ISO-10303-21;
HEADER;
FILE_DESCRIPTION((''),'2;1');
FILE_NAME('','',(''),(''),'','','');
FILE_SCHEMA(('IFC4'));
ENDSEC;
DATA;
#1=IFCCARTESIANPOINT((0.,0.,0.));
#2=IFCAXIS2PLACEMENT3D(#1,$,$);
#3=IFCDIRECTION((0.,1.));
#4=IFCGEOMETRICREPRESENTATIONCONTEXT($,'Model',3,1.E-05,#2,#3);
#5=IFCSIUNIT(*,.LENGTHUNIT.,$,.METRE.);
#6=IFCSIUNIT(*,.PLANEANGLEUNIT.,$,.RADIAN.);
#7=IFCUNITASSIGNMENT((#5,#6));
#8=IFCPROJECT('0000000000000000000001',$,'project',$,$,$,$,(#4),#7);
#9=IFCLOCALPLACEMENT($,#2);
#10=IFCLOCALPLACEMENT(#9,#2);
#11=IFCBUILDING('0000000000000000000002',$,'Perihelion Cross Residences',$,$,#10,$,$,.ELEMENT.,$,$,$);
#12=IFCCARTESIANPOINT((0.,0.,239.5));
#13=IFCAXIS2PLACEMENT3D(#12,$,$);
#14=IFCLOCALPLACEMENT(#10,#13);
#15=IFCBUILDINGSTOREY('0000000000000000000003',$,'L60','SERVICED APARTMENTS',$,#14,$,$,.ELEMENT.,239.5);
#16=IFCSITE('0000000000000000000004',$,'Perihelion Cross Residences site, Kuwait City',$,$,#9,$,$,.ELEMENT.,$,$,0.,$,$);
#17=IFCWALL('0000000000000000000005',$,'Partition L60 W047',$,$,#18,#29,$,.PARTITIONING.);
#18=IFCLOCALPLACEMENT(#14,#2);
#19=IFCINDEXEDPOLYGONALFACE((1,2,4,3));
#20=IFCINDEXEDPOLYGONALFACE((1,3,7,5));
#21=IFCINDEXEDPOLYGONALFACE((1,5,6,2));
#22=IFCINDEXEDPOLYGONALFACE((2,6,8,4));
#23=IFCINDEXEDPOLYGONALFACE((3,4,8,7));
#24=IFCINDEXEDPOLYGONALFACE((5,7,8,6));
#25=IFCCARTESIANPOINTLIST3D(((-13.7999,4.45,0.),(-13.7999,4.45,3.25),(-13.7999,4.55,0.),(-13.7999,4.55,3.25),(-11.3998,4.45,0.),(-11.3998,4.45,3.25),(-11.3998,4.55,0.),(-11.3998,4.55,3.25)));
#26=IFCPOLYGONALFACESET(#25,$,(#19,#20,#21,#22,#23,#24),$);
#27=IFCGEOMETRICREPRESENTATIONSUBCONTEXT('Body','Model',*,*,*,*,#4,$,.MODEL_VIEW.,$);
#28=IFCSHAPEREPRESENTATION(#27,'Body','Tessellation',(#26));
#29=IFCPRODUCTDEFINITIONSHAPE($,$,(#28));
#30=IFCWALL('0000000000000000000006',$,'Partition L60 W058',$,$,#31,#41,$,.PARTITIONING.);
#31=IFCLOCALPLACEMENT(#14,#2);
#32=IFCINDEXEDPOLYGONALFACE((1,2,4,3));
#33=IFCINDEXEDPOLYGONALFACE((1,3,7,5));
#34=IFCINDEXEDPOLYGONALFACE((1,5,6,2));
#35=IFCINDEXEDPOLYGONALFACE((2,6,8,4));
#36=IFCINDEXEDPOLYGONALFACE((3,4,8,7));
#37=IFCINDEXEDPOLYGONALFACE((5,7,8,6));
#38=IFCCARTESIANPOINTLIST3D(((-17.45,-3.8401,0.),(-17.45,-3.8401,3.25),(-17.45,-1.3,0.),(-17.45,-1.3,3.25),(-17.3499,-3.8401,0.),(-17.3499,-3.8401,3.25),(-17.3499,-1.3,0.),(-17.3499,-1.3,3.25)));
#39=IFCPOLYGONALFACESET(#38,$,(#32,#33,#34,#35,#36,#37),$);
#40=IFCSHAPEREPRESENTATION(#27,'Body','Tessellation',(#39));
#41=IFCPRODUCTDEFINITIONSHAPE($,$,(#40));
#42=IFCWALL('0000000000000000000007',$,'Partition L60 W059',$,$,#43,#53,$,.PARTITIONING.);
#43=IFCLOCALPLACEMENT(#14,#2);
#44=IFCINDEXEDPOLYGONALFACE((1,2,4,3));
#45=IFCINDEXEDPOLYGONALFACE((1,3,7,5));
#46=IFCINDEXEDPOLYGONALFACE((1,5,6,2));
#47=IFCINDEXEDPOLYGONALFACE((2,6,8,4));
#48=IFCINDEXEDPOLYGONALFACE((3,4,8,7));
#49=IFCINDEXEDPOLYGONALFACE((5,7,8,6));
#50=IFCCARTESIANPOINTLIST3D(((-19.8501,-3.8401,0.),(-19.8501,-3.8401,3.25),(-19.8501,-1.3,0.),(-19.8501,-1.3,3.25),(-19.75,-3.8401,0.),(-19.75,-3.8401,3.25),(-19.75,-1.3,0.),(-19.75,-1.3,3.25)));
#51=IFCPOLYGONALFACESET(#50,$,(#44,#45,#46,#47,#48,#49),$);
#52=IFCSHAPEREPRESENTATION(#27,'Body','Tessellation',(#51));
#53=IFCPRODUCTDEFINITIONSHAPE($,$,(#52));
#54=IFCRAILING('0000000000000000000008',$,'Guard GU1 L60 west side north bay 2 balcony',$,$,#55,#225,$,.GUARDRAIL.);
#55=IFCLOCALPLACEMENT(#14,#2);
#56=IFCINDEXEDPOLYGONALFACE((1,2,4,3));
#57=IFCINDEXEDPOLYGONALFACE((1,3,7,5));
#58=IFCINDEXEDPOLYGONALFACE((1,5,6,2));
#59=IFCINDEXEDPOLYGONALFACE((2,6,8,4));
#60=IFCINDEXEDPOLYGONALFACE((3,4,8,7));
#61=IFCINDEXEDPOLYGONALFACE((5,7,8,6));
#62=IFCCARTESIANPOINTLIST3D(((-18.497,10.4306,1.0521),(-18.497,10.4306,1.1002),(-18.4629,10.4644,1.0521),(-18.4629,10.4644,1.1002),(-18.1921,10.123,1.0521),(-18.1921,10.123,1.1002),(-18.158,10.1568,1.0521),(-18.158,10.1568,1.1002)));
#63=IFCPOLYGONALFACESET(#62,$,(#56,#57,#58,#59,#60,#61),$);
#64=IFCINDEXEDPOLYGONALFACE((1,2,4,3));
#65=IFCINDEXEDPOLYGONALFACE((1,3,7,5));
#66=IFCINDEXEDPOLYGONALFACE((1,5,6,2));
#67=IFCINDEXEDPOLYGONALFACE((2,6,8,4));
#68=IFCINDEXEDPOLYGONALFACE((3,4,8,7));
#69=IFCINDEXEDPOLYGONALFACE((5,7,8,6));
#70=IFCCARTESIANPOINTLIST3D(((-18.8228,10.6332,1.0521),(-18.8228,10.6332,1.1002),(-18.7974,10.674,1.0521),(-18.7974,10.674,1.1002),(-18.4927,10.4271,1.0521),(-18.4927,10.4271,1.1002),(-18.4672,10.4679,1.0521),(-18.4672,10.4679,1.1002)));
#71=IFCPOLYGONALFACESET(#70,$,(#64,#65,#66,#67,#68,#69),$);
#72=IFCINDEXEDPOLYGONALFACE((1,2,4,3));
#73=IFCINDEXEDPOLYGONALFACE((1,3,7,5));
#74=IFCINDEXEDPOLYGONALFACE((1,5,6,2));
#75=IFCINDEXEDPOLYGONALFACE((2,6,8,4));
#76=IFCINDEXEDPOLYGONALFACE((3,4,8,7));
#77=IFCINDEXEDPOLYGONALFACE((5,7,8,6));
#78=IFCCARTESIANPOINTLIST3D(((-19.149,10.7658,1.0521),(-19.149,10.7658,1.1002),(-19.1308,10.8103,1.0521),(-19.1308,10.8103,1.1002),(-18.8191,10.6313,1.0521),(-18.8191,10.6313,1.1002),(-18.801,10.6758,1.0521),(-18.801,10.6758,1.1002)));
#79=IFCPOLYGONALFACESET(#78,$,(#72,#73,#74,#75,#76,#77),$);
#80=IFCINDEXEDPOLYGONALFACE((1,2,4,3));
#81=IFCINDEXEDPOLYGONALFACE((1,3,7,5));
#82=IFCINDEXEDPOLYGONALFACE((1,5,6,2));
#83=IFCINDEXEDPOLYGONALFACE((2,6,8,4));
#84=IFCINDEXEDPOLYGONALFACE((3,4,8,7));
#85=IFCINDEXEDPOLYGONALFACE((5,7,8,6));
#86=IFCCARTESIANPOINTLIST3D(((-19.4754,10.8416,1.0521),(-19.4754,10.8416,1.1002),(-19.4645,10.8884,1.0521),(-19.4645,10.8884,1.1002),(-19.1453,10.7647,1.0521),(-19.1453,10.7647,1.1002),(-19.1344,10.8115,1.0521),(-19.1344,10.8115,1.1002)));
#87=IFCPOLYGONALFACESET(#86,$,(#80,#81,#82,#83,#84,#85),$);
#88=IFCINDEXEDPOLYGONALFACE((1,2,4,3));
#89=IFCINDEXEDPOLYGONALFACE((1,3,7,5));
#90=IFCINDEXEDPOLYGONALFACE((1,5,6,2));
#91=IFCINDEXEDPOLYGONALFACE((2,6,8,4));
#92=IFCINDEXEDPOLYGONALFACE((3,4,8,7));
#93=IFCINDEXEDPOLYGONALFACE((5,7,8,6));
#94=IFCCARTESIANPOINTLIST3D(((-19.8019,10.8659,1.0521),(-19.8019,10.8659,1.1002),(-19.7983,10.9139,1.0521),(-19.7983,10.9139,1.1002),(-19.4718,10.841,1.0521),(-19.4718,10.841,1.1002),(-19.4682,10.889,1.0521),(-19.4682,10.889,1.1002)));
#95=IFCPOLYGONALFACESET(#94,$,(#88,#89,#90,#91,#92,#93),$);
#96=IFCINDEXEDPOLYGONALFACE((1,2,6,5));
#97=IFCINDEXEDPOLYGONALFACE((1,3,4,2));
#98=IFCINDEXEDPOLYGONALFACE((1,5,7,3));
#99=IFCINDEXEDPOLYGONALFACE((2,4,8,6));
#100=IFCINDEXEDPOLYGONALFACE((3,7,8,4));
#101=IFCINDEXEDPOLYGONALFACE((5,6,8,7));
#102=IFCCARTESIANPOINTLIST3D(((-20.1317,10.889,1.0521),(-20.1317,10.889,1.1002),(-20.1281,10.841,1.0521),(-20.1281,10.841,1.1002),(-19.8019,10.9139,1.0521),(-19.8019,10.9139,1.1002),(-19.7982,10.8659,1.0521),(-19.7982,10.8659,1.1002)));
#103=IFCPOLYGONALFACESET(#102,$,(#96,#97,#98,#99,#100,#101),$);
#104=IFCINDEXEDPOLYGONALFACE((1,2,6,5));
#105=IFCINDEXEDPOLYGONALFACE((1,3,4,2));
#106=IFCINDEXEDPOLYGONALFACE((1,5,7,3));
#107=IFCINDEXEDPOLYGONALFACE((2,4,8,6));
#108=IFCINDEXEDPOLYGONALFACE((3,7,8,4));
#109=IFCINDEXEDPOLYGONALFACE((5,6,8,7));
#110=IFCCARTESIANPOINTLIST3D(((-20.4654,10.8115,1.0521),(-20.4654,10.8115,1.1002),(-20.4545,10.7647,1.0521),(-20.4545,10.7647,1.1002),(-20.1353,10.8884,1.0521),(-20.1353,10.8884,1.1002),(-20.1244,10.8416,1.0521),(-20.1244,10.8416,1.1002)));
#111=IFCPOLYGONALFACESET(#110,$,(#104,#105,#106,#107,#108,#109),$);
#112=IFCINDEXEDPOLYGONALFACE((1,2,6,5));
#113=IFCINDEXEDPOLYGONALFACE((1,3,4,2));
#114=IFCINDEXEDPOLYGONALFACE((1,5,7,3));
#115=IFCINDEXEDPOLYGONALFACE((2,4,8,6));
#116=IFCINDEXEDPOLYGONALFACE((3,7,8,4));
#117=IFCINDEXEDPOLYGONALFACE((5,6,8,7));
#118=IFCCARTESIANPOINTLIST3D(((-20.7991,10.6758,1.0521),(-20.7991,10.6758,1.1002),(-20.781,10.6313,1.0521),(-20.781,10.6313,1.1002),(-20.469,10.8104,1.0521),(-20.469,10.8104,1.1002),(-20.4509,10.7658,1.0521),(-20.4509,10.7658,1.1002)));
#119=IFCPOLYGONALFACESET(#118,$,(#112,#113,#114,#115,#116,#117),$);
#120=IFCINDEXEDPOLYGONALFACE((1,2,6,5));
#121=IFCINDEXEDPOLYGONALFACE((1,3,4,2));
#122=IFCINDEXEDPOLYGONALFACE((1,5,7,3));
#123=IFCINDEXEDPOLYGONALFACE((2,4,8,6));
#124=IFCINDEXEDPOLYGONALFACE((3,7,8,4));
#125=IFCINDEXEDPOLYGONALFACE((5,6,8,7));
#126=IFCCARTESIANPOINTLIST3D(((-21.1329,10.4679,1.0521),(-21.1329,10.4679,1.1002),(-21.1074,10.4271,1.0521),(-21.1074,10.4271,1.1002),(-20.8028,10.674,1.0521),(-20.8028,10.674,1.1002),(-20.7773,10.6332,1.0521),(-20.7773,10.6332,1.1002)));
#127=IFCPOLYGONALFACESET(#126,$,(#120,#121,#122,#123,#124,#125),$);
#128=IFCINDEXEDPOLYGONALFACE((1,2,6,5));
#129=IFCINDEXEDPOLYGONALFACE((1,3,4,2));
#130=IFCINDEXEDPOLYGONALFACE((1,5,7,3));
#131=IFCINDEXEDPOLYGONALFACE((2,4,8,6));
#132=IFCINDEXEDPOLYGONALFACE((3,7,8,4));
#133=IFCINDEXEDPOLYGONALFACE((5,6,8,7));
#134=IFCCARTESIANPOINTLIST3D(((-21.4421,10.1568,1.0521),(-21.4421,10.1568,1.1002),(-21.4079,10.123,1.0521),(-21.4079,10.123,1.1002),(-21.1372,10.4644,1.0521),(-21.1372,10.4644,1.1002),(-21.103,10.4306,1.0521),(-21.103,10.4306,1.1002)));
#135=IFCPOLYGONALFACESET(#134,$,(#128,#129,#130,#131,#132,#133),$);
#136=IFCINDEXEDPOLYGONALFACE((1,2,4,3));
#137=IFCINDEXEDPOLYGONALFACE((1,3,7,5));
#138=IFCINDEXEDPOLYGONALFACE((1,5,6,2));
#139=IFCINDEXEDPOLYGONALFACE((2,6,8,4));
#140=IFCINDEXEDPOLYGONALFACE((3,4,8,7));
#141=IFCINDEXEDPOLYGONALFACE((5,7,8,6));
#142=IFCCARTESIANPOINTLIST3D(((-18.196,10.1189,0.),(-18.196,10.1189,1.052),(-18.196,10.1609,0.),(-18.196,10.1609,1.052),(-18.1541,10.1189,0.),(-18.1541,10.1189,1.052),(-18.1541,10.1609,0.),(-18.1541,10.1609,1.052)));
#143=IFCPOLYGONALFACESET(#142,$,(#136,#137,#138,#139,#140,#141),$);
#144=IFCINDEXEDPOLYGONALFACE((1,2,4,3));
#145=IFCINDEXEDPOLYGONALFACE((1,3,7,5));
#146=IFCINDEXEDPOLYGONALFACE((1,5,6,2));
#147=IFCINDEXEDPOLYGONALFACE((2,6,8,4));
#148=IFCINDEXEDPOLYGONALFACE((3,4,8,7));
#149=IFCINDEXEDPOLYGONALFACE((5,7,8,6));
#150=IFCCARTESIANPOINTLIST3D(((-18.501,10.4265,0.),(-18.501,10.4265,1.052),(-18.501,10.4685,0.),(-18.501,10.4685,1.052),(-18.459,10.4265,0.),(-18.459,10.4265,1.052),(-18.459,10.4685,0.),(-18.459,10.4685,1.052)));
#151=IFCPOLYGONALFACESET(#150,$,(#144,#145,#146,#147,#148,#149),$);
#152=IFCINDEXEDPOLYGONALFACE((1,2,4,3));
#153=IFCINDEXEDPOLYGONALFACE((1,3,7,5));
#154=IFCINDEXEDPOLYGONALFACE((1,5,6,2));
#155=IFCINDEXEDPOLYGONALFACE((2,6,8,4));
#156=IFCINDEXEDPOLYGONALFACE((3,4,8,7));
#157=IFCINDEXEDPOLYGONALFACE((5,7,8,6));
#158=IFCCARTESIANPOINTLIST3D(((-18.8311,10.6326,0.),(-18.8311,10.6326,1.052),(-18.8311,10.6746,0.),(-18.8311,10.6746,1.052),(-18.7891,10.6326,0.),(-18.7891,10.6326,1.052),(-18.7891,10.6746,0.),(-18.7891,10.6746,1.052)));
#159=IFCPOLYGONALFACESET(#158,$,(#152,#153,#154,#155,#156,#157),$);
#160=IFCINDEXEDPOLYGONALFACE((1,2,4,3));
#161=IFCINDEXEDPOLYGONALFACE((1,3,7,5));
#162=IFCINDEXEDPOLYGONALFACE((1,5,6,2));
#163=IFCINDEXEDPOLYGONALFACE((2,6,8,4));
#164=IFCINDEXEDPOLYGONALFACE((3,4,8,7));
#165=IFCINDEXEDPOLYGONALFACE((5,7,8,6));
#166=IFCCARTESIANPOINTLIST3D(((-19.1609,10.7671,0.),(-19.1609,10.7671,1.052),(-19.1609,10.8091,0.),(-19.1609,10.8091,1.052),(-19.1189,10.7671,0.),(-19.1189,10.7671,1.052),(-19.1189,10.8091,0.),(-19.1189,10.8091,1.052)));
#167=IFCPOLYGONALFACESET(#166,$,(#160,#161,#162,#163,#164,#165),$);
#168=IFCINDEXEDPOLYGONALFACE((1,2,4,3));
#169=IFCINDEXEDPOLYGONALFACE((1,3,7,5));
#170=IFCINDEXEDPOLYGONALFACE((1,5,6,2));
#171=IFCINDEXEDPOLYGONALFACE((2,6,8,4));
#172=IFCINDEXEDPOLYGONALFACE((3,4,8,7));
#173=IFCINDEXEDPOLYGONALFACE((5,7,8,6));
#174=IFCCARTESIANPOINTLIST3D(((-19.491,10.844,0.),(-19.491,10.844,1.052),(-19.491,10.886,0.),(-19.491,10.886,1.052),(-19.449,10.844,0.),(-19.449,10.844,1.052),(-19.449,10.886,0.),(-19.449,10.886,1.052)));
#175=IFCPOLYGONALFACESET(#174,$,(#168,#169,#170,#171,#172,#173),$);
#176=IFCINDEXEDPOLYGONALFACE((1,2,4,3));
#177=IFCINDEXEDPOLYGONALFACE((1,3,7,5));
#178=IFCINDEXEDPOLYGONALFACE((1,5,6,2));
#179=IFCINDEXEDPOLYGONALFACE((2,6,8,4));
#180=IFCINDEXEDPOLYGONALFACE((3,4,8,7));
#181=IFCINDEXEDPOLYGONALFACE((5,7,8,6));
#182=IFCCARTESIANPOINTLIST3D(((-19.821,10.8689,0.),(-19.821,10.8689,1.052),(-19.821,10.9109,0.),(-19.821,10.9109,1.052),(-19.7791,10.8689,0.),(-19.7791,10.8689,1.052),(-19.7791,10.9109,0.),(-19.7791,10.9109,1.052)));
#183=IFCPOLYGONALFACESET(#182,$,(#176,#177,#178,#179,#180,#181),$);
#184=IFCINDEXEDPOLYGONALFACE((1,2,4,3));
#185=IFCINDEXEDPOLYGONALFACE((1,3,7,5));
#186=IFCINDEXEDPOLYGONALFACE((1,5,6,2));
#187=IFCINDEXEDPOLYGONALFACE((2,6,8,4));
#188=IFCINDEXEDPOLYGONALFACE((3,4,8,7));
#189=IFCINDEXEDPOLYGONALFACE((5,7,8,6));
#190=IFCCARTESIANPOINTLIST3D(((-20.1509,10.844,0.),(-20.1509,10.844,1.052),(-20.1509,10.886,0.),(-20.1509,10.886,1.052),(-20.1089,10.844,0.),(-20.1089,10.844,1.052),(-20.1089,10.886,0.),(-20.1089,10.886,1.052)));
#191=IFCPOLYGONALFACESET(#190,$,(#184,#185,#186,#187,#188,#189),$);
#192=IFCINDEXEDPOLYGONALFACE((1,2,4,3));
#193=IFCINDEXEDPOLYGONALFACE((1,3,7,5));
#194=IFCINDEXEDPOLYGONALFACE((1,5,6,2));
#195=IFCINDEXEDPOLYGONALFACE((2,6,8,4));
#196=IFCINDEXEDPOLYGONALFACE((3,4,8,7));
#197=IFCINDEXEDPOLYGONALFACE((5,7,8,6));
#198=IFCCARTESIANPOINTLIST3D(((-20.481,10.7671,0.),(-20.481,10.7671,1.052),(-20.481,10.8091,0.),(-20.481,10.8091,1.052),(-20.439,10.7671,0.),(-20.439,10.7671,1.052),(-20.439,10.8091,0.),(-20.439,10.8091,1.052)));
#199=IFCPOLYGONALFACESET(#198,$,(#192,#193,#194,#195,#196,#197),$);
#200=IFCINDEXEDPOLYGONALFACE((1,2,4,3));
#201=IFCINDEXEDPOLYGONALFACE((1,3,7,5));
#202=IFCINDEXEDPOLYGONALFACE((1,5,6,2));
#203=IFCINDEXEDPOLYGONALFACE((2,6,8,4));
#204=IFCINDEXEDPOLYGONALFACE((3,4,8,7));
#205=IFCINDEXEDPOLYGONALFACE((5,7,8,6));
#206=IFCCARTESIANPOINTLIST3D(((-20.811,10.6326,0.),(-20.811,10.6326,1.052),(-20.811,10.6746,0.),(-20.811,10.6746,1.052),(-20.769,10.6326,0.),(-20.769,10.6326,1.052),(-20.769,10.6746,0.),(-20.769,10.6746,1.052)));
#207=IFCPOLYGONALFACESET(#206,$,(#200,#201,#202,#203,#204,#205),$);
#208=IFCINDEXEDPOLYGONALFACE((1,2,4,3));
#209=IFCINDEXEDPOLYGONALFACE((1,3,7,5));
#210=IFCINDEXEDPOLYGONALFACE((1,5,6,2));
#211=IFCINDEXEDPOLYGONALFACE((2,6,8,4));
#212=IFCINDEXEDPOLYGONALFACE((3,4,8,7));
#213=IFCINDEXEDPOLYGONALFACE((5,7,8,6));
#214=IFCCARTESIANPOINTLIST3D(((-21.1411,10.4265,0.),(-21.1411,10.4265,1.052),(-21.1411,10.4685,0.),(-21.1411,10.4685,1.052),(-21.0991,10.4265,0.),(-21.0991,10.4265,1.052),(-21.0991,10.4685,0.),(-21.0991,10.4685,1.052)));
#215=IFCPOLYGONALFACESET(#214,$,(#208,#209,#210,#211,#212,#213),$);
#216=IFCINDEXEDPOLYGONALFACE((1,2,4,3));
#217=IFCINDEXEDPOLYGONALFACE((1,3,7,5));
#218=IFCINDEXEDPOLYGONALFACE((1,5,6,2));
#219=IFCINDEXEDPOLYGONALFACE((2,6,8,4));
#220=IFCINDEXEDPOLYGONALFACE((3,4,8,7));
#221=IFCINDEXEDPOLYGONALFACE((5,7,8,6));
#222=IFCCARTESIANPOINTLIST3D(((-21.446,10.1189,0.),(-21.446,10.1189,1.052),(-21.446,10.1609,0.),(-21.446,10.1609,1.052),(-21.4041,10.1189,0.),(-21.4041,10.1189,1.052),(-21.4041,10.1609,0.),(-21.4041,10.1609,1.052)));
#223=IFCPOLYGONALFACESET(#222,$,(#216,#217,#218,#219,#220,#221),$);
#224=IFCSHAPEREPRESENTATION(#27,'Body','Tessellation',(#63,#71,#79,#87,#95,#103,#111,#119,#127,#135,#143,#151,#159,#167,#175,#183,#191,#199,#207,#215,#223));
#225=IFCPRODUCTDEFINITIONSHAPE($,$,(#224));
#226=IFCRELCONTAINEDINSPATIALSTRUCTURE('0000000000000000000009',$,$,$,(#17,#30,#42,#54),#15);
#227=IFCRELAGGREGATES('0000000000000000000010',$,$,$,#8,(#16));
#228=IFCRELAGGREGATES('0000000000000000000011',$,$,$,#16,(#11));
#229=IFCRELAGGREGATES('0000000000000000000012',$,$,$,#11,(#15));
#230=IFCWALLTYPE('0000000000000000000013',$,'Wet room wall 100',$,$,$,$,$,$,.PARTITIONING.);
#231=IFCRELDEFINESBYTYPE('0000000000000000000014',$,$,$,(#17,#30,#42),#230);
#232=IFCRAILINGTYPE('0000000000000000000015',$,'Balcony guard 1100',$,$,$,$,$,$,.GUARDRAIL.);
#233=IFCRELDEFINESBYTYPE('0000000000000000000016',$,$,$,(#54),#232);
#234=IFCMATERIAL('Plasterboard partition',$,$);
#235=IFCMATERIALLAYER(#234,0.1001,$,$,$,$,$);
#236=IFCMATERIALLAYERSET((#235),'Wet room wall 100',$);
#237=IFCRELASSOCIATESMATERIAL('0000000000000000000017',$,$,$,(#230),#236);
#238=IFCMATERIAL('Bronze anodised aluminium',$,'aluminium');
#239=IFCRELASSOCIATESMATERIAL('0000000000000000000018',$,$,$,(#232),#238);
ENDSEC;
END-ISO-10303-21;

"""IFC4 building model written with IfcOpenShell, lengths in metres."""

from ifc_helpers import new_model, si_unit, direction, frame, frame_2d, origin, origin_2d, place, context, subcontext, project, spatial, rectangle, extrude, material, layer, layer_set, type_object, element, save


model = new_model("IFC4")

# Units and contexts
model_context = context("Model", 3, precision=1e-05, world=origin(), true_north=direction((0.0, 1.0)))
body_context = subcontext(model_context, "Body", "Model", "MODEL_VIEW")
ifc_project = project(units=[si_unit("LENGTHUNIT", "METRE"), si_unit("PLANEANGLEUNIT", "RADIAN")], contexts=[model_context])

# Site, building, storey
site_placement = place(None, origin())
site = spatial("IfcSite", under=ifc_project, at=site_placement, Name="Perihelion Cross Residences site, Kuwait City", CompositionType="ELEMENT", RefElevation=0.0)
building_placement = place(site_placement, origin())
building = spatial("IfcBuilding", under=site, at=building_placement, Name="Perihelion Cross Residences", CompositionType="ELEMENT")
storey_placement = place(building_placement, frame((0.0, 0.0, 239.5)))
storey = spatial("IfcBuildingStorey", under=building, at=storey_placement, Name="L60", Description="SERVICED APARTMENTS", CompositionType="ELEMENT", Elevation=239.5)

# Shared definitions
ifc_material_1 = material(Name="Plasterboard partition")
ifc_layer_1 = layer(ifc_material_1, 0.1001)
ifc_layer_set_1 = layer_set([ifc_layer_1], Name="Wet room wall 100")
wall_type_1 = type_object("IfcWallType", Name="Wet room wall 100", PredefinedType="PARTITIONING", material=ifc_layer_set_1)

# Walls
wall_1_placement = place(storey_placement, frame((-13.8, 4.5, 0.0), z_axis=(0.0, 0.0, 1.0), x_axis=(1.0, 0.0, 0.0)))
element("IfcWall", 1, at=wall_1_placement, inside=storey, type_object=wall_type_1, Name="Partition L60 W047", PredefinedType="PARTITIONING", context=body_context, shape_type="SweptSolid", body=[
    extrude(rectangle(XDim=2.4001, YDim=0.1001, at=frame_2d((1.2002, 0.0))), origin(), (0.0, 0.0, 1.0), 3.25),
])
for number, where, z_axis, x_axis, name in (
    (2, (-17.3999, -3.8401, 0.0), (0.0, 0.0, 1.0), (0.0, 1.0, 0.0), "Partition L60 W058"),
    (3, (-19.8, -3.8401, 0.0), (0.0, 0.0, 1.0), (0.0, 1.0, 0.0), "Partition L60 W059"),
):
    element("IfcWall", number, at=place(storey_placement, frame(where, z_axis=z_axis, x_axis=x_axis)), inside=storey, type_object=wall_type_1, Name=name, PredefinedType="PARTITIONING", context=body_context, shape_type="SweptSolid", body=[
        extrude(rectangle(XDim=2.54, YDim=0.1001, at=frame_2d((1.27, 0.0))), origin(), (0.0, 0.0, 1.0), 3.25),
    ])

# Railing
ifc_material_2 = material(Name="Bronze anodised aluminium", Category="aluminium")
railing_type = type_object("IfcRailingType", Name="Balcony guard 1100", PredefinedType="GUARDRAIL", material=ifc_material_2)
railing_placement = place(storey_placement, frame((-18.175, 10.1399, 0.0)))
element("IfcRailing", 4, at=railing_placement, inside=storey, type_object=railing_type, Name="Guard GU1 L60 west side north bay 2 balcony", PredefinedType="GUARDRAIL", context=body_context, shape_type="SweptSolid", body=[
    extrude(rectangle(XDim=0.0481, YDim=0.0481, at=origin_2d()), frame((0.0, 0.0, 1.0762), z_axis=(-0.704, 0.7102, 0.0), x_axis=(-0.7102, -0.704, 0.0)), (0.0, 0.0, 1.0), 0.4331),
    extrude(rectangle(XDim=0.0481, YDim=0.0481, at=origin_2d()), frame((-0.3049, 0.3076, 1.0762), z_axis=(-0.84828, 0.529548, 0.0), x_axis=(-0.529548, -0.84828, 0.0)), (0.0, 0.0, 1.0), 0.3892),
    extrude(rectangle(XDim=0.0481, YDim=0.0481, at=origin_2d()), frame((-0.635, 0.5137, 1.0762), z_axis=(-0.92595, 0.377645, 0.0), x_axis=(-0.377645, -0.92595, 0.0)), (0.0, 0.0, 1.0), 0.3562),
    extrude(rectangle(XDim=0.0481, YDim=0.0481, at=origin_2d()), frame((-0.9648, 0.6482, 1.0762), z_axis=(-0.973916, 0.226911, 0.0), x_axis=(-0.226911, -0.973916, 0.0)), (0.0, 0.0, 1.0), 0.3389),
    extrude(rectangle(XDim=0.0481, YDim=0.0481, at=origin_2d()), frame((-1.2949, 0.7251, 1.0762), z_axis=(-0.997166, 0.07523, 0.0), x_axis=(-0.07523, -0.997166, 0.0)), (0.0, 0.0, 1.0), 0.3311),
    extrude(rectangle(XDim=0.0481, YDim=0.0481, at=origin_2d()), frame((-1.625, 0.75, 1.0762), z_axis=(-0.997162, -0.075285, 0.0), x_axis=(0.075285, -0.997162, 0.0)), (0.0, 0.0, 1.0), 0.3308),
    extrude(rectangle(XDim=0.0481, YDim=0.0481, at=origin_2d()), frame((-1.9548, 0.7251, 1.0762), z_axis=(-0.973916, -0.226911, 0.0), x_axis=(0.226911, -0.973916, 0.0)), (0.0, 0.0, 1.0), 0.3389),
    extrude(rectangle(XDim=0.0481, YDim=0.0481, at=origin_2d()), frame((-2.2849, 0.6482, 1.0762), z_axis=(-0.926048, -0.377406, 0.0), x_axis=(0.377406, -0.926048, 0.0)), (0.0, 0.0, 1.0), 0.3564),
    extrude(rectangle(XDim=0.0481, YDim=0.0481, at=origin_2d()), frame((-2.615, 0.5137, 1.0762), z_axis=(-0.84828, -0.529548, 0.0), x_axis=(0.529548, -0.84828, 0.0)), (0.0, 0.0, 1.0), 0.3892),
    extrude(rectangle(XDim=0.0481, YDim=0.0481, at=origin_2d()), frame((-2.9451, 0.3076, 1.0762), z_axis=(-0.704, -0.7102, 0.0), x_axis=(0.7102, -0.704, 0.0)), (0.0, 0.0, 1.0), 0.4331),
    extrude(rectangle(XDim=0.042, YDim=0.042, at=origin_2d()), origin(), (0.0, 0.0, 1.0), 1.052),
    extrude(rectangle(XDim=0.042, YDim=0.042, at=origin_2d()), frame((-0.3049, 0.3076, 0.0)), (0.0, 0.0, 1.0), 1.052),
    extrude(rectangle(XDim=0.042, YDim=0.042, at=origin_2d()), frame((-0.635, 0.5137, 0.0)), (0.0, 0.0, 1.0), 1.052),
    extrude(rectangle(XDim=0.042, YDim=0.042, at=origin_2d()), frame((-0.9648, 0.6482, 0.0)), (0.0, 0.0, 1.0), 1.052),
    extrude(rectangle(XDim=0.042, YDim=0.042, at=origin_2d()), frame((-1.2949, 0.7251, 0.0)), (0.0, 0.0, 1.0), 1.052),
    extrude(rectangle(XDim=0.042, YDim=0.042, at=origin_2d()), frame((-1.625, 0.75, 0.0)), (0.0, 0.0, 1.0), 1.052),
    extrude(rectangle(XDim=0.042, YDim=0.042, at=origin_2d()), frame((-1.9548, 0.7251, 0.0)), (0.0, 0.0, 1.0), 1.052),
    extrude(rectangle(XDim=0.042, YDim=0.042, at=origin_2d()), frame((-2.2849, 0.6482, 0.0)), (0.0, 0.0, 1.0), 1.052),
    extrude(rectangle(XDim=0.042, YDim=0.042, at=origin_2d()), frame((-2.615, 0.5137, 0.0)), (0.0, 0.0, 1.0), 1.052),
    extrude(rectangle(XDim=0.042, YDim=0.042, at=origin_2d()), frame((-2.9451, 0.3076, 0.0)), (0.0, 0.0, 1.0), 1.052),
    extrude(rectangle(XDim=0.042, YDim=0.042, at=origin_2d()), frame((-3.25, 0.0, 0.0)), (0.0, 0.0, 1.0), 1.052),
])

save(model, "model.ifc")
